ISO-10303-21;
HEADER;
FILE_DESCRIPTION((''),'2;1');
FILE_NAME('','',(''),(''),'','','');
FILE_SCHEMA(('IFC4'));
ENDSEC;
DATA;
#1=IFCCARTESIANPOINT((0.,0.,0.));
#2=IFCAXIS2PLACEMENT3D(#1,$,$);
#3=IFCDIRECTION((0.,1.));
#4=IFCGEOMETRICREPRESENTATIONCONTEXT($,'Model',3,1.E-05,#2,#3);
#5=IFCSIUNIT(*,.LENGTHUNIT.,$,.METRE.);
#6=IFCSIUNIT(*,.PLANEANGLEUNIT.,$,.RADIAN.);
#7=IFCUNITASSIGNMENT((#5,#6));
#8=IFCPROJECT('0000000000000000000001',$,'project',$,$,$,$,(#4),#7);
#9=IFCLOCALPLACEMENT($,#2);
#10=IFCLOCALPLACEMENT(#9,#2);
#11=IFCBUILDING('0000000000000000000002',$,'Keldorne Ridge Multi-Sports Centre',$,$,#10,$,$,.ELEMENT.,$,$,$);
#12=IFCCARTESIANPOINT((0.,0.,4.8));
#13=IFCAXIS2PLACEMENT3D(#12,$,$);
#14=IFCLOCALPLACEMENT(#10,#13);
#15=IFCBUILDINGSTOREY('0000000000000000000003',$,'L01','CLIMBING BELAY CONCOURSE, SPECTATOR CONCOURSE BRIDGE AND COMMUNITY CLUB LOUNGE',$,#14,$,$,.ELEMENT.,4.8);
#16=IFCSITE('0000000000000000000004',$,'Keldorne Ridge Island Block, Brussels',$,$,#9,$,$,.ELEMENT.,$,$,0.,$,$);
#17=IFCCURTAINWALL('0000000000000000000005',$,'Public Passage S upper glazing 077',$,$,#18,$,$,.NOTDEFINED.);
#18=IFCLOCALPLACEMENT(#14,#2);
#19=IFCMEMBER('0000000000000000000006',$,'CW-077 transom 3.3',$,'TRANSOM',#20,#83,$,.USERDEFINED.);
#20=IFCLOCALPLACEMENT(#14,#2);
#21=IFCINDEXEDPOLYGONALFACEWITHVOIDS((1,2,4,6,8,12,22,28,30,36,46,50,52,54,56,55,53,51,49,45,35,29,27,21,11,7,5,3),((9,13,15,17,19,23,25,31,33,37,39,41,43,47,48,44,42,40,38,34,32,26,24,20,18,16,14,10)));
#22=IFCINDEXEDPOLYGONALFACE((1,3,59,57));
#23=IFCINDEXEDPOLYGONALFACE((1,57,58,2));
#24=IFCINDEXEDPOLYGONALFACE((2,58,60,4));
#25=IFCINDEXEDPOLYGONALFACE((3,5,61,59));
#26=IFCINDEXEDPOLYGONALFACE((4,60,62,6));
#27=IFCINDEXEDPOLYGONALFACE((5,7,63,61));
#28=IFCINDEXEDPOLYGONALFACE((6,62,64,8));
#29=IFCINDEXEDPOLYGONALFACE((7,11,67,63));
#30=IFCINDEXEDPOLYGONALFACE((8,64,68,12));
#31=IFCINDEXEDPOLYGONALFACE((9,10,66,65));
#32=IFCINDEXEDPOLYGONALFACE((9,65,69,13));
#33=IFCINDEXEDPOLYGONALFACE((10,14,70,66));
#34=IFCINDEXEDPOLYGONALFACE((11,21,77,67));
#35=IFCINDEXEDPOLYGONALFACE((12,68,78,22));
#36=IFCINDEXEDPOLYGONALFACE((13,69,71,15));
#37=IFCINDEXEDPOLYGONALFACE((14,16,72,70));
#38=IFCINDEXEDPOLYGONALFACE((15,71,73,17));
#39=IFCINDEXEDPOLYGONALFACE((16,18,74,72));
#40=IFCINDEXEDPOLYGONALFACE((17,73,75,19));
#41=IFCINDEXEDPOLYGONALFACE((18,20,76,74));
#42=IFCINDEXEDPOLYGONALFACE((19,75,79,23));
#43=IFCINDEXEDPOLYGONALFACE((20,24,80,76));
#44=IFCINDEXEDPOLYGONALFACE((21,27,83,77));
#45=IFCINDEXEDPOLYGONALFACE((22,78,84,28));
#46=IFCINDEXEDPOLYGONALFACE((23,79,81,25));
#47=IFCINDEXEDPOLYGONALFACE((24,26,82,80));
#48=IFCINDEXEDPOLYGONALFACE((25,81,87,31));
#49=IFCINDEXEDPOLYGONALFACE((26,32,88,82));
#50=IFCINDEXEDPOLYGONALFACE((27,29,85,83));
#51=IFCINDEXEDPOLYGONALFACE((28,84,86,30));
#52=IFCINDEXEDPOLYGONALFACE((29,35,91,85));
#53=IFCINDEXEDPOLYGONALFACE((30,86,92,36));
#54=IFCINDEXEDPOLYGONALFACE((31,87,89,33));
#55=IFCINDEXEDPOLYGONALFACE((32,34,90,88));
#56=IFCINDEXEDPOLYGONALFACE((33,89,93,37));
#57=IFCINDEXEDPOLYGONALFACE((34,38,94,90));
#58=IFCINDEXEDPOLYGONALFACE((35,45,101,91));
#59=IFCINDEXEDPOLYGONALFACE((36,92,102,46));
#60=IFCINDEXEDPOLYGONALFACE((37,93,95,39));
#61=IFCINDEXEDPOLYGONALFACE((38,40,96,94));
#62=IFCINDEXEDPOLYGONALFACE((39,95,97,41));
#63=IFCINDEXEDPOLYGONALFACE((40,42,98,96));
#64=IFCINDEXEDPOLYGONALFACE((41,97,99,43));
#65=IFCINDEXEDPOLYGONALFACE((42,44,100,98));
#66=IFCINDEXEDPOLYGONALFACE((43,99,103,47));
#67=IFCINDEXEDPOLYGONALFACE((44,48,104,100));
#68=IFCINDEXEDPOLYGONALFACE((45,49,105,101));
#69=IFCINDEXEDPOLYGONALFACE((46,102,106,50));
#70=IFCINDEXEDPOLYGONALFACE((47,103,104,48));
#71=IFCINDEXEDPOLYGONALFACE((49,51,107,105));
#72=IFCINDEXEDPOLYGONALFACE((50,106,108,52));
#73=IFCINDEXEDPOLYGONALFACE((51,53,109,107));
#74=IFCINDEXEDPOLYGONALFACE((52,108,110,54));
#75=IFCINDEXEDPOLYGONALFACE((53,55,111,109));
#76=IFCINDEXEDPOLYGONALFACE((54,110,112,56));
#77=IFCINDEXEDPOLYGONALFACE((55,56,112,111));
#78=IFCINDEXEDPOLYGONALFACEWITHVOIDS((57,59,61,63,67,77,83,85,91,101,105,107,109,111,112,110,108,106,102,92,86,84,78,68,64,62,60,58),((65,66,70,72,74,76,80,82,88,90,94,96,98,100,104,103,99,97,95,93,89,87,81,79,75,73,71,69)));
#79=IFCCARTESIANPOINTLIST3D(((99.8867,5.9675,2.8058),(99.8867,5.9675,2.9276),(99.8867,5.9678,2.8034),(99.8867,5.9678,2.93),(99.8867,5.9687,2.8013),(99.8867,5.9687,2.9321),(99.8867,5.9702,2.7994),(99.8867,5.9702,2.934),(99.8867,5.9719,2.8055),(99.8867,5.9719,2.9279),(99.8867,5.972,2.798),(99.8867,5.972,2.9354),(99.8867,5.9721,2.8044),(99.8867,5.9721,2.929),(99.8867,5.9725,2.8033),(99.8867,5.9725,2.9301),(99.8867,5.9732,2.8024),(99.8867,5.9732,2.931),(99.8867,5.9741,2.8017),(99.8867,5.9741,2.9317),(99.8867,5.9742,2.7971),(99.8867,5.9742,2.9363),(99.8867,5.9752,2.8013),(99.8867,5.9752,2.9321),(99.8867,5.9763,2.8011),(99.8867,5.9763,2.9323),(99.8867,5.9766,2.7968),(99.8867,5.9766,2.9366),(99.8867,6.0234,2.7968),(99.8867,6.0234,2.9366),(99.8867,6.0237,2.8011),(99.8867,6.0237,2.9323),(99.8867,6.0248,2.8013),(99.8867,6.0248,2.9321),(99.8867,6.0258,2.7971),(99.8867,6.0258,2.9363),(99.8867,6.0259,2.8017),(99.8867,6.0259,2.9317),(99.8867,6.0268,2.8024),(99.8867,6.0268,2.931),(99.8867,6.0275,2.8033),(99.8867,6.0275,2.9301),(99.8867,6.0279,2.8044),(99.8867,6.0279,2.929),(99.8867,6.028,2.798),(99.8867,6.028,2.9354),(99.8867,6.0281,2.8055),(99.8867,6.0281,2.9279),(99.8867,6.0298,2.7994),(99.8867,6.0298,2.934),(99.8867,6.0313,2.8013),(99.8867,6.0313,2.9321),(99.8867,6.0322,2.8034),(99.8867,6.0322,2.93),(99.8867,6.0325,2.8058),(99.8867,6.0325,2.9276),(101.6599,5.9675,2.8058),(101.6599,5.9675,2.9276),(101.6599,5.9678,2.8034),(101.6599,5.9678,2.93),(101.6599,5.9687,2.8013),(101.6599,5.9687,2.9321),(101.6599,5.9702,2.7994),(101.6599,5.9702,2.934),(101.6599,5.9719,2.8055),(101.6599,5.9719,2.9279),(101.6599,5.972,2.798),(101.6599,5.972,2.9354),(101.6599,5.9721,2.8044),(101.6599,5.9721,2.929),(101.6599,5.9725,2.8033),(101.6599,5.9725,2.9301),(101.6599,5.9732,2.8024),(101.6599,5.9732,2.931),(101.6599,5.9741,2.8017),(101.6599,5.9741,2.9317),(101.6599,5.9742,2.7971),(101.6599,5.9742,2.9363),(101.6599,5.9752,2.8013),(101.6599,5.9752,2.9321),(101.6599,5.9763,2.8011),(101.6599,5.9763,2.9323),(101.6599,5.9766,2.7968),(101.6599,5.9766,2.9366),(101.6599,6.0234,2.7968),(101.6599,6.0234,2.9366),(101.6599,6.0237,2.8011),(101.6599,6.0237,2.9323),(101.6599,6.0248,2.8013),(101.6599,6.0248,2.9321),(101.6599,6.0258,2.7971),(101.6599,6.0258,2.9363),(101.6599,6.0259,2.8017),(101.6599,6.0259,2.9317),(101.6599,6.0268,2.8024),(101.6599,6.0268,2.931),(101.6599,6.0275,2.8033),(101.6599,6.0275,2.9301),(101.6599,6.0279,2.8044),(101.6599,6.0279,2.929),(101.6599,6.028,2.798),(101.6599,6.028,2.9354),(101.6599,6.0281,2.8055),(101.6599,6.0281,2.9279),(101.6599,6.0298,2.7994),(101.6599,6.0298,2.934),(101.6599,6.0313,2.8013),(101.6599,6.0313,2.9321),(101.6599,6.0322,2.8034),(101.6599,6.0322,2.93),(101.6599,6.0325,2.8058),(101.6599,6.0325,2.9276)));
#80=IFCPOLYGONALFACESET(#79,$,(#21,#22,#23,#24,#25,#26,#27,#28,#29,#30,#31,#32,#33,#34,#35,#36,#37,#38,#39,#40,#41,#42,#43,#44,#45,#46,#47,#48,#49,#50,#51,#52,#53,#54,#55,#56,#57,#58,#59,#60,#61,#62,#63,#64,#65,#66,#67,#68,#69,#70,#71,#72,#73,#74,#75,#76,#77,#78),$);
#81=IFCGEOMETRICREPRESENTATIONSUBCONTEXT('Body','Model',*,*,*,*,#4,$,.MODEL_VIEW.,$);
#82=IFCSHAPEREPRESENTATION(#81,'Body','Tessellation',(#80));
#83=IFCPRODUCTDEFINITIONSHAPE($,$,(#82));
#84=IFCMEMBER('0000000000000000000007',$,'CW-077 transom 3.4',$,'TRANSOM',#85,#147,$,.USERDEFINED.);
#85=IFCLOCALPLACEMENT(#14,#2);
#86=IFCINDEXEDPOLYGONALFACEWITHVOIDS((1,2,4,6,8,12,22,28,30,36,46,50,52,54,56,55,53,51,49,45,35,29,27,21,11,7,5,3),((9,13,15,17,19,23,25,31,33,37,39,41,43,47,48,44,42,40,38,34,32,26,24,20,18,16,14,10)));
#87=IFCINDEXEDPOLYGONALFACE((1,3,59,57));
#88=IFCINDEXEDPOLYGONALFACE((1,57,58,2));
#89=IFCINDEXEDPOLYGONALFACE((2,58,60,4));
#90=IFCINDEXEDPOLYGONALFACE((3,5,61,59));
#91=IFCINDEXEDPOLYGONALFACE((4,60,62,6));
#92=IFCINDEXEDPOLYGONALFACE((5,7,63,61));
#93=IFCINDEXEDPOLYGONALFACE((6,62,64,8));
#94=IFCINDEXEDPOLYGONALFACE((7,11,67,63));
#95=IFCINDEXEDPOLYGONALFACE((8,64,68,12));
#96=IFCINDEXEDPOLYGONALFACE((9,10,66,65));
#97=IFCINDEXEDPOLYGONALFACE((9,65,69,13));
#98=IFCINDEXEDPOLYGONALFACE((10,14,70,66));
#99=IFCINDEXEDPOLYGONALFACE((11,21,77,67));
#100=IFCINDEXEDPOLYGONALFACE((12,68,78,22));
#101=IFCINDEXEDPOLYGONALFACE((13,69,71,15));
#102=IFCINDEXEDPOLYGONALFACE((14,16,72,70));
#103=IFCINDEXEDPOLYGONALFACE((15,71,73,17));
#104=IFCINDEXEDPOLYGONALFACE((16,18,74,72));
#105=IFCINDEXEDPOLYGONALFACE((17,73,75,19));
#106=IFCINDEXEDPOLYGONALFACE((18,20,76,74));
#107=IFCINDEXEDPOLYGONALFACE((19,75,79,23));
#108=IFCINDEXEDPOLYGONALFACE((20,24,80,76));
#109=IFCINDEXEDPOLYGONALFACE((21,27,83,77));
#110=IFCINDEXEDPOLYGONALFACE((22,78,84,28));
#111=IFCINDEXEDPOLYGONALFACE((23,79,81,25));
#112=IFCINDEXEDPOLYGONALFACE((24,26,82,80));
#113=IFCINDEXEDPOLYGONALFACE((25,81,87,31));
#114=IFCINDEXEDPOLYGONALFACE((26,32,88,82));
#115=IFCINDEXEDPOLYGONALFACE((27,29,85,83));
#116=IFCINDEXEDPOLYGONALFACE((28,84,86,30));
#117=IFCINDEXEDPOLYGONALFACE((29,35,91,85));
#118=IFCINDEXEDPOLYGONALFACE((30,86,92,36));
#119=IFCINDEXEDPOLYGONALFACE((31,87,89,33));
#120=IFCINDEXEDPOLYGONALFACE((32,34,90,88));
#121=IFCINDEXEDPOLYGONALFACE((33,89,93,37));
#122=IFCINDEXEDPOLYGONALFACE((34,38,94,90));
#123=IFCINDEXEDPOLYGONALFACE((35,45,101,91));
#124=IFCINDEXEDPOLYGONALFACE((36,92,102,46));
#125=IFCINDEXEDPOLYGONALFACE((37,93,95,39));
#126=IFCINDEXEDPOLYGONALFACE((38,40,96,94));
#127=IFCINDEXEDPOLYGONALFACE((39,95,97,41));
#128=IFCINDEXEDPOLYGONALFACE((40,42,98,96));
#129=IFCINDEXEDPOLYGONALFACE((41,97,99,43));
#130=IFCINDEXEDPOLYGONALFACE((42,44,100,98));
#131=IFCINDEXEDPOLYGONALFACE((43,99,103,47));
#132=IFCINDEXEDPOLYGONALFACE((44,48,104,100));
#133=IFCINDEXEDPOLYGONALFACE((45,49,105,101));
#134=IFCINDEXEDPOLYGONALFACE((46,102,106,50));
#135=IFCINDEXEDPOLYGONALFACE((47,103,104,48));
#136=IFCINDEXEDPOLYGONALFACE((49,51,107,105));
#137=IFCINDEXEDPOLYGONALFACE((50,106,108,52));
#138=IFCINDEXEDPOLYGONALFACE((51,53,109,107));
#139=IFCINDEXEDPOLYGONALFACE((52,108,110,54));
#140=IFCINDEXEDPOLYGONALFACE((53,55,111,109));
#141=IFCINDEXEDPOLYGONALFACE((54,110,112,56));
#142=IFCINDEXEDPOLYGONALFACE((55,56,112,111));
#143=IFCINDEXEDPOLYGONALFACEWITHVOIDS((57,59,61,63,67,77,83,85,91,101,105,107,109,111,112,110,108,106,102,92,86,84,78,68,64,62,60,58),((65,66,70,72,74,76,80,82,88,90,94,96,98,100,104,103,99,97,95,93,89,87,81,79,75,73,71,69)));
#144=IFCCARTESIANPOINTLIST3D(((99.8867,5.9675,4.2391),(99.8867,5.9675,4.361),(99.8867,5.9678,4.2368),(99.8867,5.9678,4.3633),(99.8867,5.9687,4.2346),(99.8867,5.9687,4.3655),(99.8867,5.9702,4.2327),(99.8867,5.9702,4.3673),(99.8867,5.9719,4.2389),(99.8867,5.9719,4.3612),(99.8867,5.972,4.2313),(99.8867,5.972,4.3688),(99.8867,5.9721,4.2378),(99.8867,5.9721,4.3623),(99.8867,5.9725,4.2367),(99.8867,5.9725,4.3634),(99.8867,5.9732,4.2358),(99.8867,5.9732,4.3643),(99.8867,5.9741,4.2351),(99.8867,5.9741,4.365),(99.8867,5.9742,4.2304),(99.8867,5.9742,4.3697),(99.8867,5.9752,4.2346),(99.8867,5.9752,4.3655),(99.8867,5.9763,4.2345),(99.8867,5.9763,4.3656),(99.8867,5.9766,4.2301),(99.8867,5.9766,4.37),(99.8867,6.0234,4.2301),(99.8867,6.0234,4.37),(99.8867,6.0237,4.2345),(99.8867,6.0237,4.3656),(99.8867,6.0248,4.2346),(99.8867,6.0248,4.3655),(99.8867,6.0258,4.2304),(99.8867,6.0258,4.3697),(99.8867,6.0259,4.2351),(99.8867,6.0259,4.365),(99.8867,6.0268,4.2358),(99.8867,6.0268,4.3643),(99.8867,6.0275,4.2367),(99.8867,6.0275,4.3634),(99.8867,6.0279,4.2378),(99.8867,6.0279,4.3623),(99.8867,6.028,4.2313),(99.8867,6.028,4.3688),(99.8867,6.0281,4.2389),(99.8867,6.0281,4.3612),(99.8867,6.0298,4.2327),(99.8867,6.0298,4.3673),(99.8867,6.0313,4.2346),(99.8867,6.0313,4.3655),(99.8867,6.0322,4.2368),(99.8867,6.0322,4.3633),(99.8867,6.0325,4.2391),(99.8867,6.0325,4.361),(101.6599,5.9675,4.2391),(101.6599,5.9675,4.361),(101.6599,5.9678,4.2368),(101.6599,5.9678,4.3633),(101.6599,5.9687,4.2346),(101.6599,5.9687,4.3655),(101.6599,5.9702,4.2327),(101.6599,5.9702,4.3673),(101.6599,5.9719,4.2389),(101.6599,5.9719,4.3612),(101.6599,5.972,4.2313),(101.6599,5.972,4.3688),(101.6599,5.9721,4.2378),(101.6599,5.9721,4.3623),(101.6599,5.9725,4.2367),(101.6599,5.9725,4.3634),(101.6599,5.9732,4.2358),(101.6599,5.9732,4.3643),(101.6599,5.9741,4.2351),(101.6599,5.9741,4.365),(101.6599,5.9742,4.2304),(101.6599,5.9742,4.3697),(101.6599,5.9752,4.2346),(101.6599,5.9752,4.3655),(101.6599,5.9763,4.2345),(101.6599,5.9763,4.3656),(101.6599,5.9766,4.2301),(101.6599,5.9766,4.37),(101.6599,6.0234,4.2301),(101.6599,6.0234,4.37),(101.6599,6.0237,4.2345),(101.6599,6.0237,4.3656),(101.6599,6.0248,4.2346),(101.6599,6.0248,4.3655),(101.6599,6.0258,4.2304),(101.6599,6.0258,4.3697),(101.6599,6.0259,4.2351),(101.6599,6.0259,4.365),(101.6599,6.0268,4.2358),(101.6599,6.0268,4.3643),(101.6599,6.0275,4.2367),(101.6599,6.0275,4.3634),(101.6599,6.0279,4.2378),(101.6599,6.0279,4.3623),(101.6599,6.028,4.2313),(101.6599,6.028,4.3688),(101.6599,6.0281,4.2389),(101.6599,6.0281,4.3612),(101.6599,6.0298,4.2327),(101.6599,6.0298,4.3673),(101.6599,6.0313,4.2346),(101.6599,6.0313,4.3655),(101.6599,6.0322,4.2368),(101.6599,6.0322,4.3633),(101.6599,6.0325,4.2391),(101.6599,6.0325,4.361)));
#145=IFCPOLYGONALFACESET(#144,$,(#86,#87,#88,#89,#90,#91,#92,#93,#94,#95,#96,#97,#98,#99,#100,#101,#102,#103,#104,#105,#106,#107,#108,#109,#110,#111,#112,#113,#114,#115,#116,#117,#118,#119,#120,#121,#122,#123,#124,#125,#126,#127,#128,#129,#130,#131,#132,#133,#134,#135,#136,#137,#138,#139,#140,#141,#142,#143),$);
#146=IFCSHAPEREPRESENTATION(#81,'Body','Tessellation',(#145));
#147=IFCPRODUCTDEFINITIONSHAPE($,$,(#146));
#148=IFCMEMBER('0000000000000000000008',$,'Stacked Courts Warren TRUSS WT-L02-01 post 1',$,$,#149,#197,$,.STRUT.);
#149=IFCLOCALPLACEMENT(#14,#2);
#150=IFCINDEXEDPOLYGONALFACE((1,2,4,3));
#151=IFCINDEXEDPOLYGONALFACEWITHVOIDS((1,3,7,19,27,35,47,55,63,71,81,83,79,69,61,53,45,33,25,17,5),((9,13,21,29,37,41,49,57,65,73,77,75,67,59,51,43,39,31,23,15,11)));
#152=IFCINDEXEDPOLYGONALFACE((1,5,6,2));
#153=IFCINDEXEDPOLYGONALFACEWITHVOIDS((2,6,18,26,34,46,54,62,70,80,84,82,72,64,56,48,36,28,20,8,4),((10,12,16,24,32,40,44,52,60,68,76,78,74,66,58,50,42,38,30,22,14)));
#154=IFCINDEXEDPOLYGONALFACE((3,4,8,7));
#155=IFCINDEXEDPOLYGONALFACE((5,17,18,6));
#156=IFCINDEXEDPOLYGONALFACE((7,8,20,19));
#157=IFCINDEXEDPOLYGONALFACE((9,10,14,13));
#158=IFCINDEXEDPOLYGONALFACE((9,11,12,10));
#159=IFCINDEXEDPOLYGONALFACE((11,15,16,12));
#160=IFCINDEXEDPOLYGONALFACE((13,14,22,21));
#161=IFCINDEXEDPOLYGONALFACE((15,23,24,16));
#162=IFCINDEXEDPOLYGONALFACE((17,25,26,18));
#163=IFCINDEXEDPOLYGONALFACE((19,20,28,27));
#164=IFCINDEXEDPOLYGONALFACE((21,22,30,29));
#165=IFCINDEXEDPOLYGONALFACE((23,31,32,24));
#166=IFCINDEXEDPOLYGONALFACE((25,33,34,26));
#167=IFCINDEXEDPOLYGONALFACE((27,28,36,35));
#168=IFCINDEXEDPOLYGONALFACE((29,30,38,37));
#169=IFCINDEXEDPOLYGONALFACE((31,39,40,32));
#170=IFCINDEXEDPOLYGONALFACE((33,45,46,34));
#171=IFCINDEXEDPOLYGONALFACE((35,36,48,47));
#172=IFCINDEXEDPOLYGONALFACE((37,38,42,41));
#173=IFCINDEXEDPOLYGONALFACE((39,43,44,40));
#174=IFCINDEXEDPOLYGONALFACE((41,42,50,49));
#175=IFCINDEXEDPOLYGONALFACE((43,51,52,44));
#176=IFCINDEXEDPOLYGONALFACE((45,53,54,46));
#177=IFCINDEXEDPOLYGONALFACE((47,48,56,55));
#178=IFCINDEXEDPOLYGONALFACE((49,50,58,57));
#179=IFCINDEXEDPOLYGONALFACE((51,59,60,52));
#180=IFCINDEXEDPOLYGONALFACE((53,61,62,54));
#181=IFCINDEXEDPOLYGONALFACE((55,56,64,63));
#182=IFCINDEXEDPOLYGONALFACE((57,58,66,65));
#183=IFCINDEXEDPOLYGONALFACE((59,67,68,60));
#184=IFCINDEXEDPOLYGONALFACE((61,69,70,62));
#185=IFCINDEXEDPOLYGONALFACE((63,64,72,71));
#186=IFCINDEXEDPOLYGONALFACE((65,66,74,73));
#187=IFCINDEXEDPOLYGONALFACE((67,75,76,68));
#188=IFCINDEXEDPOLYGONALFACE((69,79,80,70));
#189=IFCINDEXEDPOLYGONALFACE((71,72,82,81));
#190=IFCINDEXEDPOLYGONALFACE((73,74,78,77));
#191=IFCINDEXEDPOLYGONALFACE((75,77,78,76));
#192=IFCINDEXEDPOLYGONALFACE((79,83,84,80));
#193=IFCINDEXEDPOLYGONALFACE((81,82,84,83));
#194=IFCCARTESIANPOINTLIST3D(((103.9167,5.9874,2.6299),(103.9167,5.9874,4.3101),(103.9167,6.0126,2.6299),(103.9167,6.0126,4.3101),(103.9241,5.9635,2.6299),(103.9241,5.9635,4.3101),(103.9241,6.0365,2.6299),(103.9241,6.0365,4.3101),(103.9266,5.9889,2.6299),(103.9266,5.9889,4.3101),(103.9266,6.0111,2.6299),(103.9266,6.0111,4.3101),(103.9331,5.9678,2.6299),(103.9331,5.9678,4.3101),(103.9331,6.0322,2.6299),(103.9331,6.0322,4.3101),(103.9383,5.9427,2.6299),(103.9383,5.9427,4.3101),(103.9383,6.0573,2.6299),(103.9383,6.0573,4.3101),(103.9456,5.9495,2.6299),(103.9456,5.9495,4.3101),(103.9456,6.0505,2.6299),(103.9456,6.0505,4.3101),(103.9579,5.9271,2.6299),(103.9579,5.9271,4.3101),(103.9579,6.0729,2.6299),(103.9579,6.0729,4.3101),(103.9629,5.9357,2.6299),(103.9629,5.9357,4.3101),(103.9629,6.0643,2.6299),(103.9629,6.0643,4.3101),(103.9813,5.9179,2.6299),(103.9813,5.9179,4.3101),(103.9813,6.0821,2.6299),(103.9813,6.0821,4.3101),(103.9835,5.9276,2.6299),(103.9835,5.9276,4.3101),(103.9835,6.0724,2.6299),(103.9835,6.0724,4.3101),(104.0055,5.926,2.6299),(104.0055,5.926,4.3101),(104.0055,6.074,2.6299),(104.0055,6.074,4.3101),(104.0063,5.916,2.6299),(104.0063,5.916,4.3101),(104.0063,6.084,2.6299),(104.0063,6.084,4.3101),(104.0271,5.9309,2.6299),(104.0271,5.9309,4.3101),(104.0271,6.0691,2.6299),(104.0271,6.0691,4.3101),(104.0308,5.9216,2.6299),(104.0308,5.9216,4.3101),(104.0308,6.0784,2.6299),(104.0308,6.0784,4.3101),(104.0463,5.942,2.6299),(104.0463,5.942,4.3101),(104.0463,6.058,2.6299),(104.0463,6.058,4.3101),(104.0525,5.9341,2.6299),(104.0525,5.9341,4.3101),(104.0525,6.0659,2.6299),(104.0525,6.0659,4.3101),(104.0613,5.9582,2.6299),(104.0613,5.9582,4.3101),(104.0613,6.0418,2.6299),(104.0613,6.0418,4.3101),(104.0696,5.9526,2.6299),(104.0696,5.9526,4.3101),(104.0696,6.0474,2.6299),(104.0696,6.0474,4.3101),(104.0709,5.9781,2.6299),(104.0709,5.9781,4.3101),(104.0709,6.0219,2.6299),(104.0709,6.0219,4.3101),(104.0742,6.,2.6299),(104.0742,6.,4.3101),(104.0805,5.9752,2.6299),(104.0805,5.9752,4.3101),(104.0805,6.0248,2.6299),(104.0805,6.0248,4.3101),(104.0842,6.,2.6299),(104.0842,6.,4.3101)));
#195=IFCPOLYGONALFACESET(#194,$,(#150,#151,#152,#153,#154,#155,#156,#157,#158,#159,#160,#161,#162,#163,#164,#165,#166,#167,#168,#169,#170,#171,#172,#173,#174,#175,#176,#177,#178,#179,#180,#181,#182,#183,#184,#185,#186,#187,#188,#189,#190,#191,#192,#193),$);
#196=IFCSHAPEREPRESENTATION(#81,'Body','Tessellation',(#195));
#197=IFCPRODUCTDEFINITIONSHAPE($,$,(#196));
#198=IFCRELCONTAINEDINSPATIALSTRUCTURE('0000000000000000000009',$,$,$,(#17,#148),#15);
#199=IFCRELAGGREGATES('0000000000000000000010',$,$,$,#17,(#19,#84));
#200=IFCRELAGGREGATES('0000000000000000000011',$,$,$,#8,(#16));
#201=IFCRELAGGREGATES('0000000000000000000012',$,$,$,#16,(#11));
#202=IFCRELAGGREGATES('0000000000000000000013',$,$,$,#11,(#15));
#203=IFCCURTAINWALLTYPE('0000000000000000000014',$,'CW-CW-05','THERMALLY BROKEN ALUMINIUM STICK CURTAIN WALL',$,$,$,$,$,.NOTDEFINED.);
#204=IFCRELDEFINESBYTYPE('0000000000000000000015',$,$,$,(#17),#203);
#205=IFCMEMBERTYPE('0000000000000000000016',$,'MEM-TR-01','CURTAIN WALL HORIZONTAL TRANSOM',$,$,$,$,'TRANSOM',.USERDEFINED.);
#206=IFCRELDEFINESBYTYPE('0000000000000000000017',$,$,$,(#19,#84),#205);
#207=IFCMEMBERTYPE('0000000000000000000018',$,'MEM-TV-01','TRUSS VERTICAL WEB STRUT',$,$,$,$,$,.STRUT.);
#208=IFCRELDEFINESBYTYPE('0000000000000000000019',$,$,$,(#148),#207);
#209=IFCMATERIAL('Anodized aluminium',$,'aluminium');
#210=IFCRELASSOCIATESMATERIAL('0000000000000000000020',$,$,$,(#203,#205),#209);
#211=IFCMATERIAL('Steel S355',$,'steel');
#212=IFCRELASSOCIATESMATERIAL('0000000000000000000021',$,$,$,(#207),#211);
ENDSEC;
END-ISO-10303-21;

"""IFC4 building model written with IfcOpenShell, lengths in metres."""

from ifc_helpers import new_model, si_unit, direction, frame, origin, origin_2d, place, context, subcontext, project, spatial, hollow_rectangle, hollow_circle, extrude, material, material_profile, profile_set, type_object, element, aggregate, save


model = new_model("IFC4")

# Units and contexts
model_context = context("Model", 3, precision=1e-05, world=origin(), true_north=direction((0.0, 1.0)))
body_context = subcontext(model_context, "Body", "Model", "MODEL_VIEW")
ifc_project = project(units=[si_unit("LENGTHUNIT", "METRE"), si_unit("PLANEANGLEUNIT", "RADIAN")], contexts=[model_context])

# Site, building, storey
site_placement = place(None, origin())
site = spatial("IfcSite", under=ifc_project, at=site_placement, Name="Keldorne Ridge Island Block, Brussels", CompositionType="ELEMENT", RefElevation=0.0)
building_placement = place(site_placement, origin())
building = spatial("IfcBuilding", under=site, at=building_placement, Name="Keldorne Ridge Multi-Sports Centre", CompositionType="ELEMENT")
storey_placement = place(building_placement, frame((0.0, 0.0, 4.8)))
storey = spatial("IfcBuildingStorey", under=building, at=storey_placement, Name="L01", Description="CLIMBING BELAY CONCOURSE, SPECTATOR CONCOURSE BRIDGE AND COMMUNITY CLUB LOUNGE", CompositionType="ELEMENT", Elevation=4.8)

# Shared definitions
ifc_material_1 = material(Name="Steel S355", Category="steel")

# Curtain wall
ifc_material_2 = material(Name="Anodized aluminium", Category="aluminium")
curtain_wall_type = type_object("IfcCurtainWallType", Name="CW-CW-05", Description="THERMALLY BROKEN ALUMINIUM STICK CURTAIN WALL", PredefinedType="NOTDEFINED", material=ifc_material_2)
curtain_wall_placement = place(storey_placement, origin())
curtain_wall = element("IfcCurtainWall", 1, at=curtain_wall_placement, inside=storey, type_object=curtain_wall_type, Name="Public Passage S upper glazing 077", PredefinedType="NOTDEFINED")

# Members
ifc_material_profile_1 = material_profile(ifc_material_2, hollow_rectangle(XDim=0.0649, YDim=0.1399, WallThickness=0.0044, InnerFilletRadius=0.0044, OuterFilletRadius=0.009, at=origin_2d()), Name="ALU TRANSOM 140x65x4.5")
ifc_profile_set_1 = profile_set([ifc_material_profile_1], Name="Anodized aluminium")
member_type_1 = type_object("IfcMemberType", Name="MEM-TR-01", Description="CURTAIN WALL HORIZONTAL TRANSOM", ElementType="TRANSOM", PredefinedType="USERDEFINED", material=ifc_profile_set_1)
member_1_placement = place(storey_placement, frame((99.8867, 6.0, 2.8667), z_axis=(1.0, 0.0, 0.0), x_axis=(0.0, 1.0, 0.0)))
member_1 = element("IfcMember", 2, at=member_1_placement, type_object=member_type_1, Name="CW-077 transom 3.3", ObjectType="TRANSOM", PredefinedType="USERDEFINED", context=body_context, shape_type="SweptSolid", body=[
    extrude(hollow_rectangle(XDim=0.0649, YDim=0.1399, WallThickness=0.0044, InnerFilletRadius=0.0044, OuterFilletRadius=0.009, at=origin_2d()), origin(), (0.0, 0.0, 1.0), 1.7732),
])
member_2_placement = place(storey_placement, frame((99.8867, 6.0, 4.3), z_axis=(1.0, 0.0, 0.0), x_axis=(0.0, 1.0, 0.0)))
member_2 = element("IfcMember", 3, at=member_2_placement, type_object=member_type_1, Name="CW-077 transom 3.4", ObjectType="TRANSOM", PredefinedType="USERDEFINED", context=body_context, shape_type="SweptSolid", body=[
    extrude(hollow_rectangle(XDim=0.0649, YDim=0.1399, WallThickness=0.0044, InnerFilletRadius=0.0044, OuterFilletRadius=0.009, at=origin_2d()), origin(), (0.0, 0.0, 1.0), 1.7732),
])

# Member
ifc_material_profile_2 = material_profile(ifc_material_1, hollow_circle(Radius=0.0842, WallThickness=0.01, at=origin_2d()), Name="CHS 168.3x10")
ifc_profile_set_2 = profile_set([ifc_material_profile_2], Name="Steel S355")
member_type_2 = type_object("IfcMemberType", Name="MEM-TV-01", Description="TRUSS VERTICAL WEB STRUT", PredefinedType="STRUT", material=ifc_profile_set_2)
for number, where, z_axis, x_axis, name in (
    (4, (104.0, 6.0, 2.6299), (0.0, 0.0, 1.0), (1.0, 0.0, 0.0), "Stacked Courts Warren TRUSS WT-L02-01 post 1"),
):
    element("IfcMember", number, at=place(storey_placement, frame(where, z_axis=z_axis, x_axis=x_axis)), inside=storey, type_object=member_type_2, Name=name, PredefinedType="STRUT", context=body_context, shape_type="SweptSolid", body=[
        extrude(hollow_circle(Radius=0.0842, WallThickness=0.01, at=origin_2d()), origin(), (0.0, 0.0, 1.0), 1.6802),
    ])

aggregate(curtain_wall, [member_1, member_2])

save(model, "model.ifc")
